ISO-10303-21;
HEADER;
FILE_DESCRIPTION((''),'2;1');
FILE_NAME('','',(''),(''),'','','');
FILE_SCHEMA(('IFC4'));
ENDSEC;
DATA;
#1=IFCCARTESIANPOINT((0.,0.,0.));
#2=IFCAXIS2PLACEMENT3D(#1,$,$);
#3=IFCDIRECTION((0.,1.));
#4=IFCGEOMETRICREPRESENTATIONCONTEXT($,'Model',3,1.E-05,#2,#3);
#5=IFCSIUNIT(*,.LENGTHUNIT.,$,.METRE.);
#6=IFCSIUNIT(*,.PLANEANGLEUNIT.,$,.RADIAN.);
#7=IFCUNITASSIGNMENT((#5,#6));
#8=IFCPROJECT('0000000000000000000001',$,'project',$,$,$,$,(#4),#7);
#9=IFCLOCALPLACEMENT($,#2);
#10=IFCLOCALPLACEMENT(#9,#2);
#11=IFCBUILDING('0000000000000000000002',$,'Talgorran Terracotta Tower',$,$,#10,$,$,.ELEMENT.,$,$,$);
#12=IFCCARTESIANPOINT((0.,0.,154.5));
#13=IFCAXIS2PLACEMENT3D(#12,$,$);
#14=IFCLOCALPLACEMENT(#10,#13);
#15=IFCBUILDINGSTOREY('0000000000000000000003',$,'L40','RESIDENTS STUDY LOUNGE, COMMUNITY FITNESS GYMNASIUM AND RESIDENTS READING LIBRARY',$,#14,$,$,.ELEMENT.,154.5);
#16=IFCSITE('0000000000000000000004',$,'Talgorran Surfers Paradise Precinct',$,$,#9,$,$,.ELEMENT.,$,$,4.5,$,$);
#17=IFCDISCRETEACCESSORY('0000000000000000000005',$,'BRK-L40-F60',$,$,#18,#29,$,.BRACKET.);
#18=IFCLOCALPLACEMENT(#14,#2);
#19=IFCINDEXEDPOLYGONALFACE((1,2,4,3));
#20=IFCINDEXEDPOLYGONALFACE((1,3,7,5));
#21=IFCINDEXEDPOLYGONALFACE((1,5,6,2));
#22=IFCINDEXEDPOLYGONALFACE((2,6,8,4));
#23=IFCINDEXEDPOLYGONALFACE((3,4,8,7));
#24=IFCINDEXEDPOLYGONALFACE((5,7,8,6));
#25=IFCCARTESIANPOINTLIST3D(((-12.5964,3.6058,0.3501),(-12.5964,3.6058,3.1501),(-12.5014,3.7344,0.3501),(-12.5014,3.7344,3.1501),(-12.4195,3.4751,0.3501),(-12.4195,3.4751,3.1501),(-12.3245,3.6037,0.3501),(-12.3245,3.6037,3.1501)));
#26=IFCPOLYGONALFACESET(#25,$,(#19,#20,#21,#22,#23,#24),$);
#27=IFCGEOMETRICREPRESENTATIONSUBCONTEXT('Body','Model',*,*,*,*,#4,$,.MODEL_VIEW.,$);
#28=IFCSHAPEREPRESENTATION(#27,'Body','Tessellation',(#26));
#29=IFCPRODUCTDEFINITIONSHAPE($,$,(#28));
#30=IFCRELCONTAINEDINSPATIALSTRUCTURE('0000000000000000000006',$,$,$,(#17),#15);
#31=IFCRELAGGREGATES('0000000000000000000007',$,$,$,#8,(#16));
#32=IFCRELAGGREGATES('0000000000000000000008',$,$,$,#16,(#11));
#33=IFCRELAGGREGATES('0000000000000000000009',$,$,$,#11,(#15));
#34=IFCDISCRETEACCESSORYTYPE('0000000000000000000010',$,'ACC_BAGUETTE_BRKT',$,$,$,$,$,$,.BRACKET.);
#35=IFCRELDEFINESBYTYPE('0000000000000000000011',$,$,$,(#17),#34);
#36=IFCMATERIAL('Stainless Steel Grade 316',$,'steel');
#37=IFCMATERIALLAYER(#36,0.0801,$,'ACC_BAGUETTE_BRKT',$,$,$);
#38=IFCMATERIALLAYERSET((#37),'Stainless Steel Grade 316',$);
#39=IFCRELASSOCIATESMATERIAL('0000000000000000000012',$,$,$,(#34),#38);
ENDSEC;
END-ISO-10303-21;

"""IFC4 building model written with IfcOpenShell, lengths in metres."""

from ifc_helpers import new_model, si_unit, direction, frame, origin, origin_2d, place, context, subcontext, project, spatial, rectangle, extrude, source, transform, mapped, material, layer, layer_set, type_object, type_shapes, element, save


model = new_model("IFC4")

# Units and contexts
model_context = context("Model", 3, precision=1e-05, world=origin(), true_north=direction((0.0, 1.0)))
body_context = subcontext(model_context, "Body", "Model", "MODEL_VIEW")
ifc_project = project(units=[si_unit("LENGTHUNIT", "METRE"), si_unit("PLANEANGLEUNIT", "RADIAN")], contexts=[model_context])

# Site, building, storey
site_placement = place(None, origin())
site = spatial("IfcSite", under=ifc_project, at=site_placement, Name="Talgorran Surfers Paradise Precinct", CompositionType="ELEMENT", RefElevation=4.5)
building_placement = place(site_placement, origin())
building = spatial("IfcBuilding", under=site, at=building_placement, Name="Talgorran Terracotta Tower", CompositionType="ELEMENT")
storey_placement = place(building_placement, frame((0.0, 0.0, 154.5)))
storey = spatial("IfcBuildingStorey", under=building, at=storey_placement, Name="L40", Description="RESIDENTS STUDY LOUNGE, COMMUNITY FITNESS GYMNASIUM AND RESIDENTS READING LIBRARY", CompositionType="ELEMENT", Elevation=154.5)

# Discrete accessory
ifc_material_1 = material(Name="Stainless Steel Grade 316", Category="steel")
ifc_layer_1 = layer(ifc_material_1, 0.0801, Name="ACC_BAGUETTE_BRKT")
ifc_layer_set_1 = layer_set([ifc_layer_1], Name="Stainless Steel Grade 316")
discrete_accessory_type = type_object("IfcDiscreteAccessoryType", Name="ACC_BAGUETTE_BRKT", PredefinedType="BRACKET", material=ifc_layer_set_1)
shared_shape_1 = source(origin(), body_context, "Body", "SweptSolid", [
    extrude(rectangle(XDim=0.1599, YDim=0.22, at=origin_2d()), origin(), (0.0, 0.0, 1.0), 2.8),
])
type_shapes(discrete_accessory_type, [shared_shape_1])
discrete_accessory_placement = place(storey_placement, frame((-12.4604, 3.6047, 0.3501), z_axis=(0.0, 0.0, 1.0), x_axis=(-0.594079, -0.804407, 0.0)))
element("IfcDiscreteAccessory", 1, at=discrete_accessory_placement, inside=storey, type_object=discrete_accessory_type, Name="BRK-L40-F60", PredefinedType="BRACKET", context=body_context, shape_type="MappedRepresentation", body=[
    mapped(shared_shape_1, transform((0.0, 0.0, 0.0), scale=1.0)),
])

save(model, "model.ifc")
